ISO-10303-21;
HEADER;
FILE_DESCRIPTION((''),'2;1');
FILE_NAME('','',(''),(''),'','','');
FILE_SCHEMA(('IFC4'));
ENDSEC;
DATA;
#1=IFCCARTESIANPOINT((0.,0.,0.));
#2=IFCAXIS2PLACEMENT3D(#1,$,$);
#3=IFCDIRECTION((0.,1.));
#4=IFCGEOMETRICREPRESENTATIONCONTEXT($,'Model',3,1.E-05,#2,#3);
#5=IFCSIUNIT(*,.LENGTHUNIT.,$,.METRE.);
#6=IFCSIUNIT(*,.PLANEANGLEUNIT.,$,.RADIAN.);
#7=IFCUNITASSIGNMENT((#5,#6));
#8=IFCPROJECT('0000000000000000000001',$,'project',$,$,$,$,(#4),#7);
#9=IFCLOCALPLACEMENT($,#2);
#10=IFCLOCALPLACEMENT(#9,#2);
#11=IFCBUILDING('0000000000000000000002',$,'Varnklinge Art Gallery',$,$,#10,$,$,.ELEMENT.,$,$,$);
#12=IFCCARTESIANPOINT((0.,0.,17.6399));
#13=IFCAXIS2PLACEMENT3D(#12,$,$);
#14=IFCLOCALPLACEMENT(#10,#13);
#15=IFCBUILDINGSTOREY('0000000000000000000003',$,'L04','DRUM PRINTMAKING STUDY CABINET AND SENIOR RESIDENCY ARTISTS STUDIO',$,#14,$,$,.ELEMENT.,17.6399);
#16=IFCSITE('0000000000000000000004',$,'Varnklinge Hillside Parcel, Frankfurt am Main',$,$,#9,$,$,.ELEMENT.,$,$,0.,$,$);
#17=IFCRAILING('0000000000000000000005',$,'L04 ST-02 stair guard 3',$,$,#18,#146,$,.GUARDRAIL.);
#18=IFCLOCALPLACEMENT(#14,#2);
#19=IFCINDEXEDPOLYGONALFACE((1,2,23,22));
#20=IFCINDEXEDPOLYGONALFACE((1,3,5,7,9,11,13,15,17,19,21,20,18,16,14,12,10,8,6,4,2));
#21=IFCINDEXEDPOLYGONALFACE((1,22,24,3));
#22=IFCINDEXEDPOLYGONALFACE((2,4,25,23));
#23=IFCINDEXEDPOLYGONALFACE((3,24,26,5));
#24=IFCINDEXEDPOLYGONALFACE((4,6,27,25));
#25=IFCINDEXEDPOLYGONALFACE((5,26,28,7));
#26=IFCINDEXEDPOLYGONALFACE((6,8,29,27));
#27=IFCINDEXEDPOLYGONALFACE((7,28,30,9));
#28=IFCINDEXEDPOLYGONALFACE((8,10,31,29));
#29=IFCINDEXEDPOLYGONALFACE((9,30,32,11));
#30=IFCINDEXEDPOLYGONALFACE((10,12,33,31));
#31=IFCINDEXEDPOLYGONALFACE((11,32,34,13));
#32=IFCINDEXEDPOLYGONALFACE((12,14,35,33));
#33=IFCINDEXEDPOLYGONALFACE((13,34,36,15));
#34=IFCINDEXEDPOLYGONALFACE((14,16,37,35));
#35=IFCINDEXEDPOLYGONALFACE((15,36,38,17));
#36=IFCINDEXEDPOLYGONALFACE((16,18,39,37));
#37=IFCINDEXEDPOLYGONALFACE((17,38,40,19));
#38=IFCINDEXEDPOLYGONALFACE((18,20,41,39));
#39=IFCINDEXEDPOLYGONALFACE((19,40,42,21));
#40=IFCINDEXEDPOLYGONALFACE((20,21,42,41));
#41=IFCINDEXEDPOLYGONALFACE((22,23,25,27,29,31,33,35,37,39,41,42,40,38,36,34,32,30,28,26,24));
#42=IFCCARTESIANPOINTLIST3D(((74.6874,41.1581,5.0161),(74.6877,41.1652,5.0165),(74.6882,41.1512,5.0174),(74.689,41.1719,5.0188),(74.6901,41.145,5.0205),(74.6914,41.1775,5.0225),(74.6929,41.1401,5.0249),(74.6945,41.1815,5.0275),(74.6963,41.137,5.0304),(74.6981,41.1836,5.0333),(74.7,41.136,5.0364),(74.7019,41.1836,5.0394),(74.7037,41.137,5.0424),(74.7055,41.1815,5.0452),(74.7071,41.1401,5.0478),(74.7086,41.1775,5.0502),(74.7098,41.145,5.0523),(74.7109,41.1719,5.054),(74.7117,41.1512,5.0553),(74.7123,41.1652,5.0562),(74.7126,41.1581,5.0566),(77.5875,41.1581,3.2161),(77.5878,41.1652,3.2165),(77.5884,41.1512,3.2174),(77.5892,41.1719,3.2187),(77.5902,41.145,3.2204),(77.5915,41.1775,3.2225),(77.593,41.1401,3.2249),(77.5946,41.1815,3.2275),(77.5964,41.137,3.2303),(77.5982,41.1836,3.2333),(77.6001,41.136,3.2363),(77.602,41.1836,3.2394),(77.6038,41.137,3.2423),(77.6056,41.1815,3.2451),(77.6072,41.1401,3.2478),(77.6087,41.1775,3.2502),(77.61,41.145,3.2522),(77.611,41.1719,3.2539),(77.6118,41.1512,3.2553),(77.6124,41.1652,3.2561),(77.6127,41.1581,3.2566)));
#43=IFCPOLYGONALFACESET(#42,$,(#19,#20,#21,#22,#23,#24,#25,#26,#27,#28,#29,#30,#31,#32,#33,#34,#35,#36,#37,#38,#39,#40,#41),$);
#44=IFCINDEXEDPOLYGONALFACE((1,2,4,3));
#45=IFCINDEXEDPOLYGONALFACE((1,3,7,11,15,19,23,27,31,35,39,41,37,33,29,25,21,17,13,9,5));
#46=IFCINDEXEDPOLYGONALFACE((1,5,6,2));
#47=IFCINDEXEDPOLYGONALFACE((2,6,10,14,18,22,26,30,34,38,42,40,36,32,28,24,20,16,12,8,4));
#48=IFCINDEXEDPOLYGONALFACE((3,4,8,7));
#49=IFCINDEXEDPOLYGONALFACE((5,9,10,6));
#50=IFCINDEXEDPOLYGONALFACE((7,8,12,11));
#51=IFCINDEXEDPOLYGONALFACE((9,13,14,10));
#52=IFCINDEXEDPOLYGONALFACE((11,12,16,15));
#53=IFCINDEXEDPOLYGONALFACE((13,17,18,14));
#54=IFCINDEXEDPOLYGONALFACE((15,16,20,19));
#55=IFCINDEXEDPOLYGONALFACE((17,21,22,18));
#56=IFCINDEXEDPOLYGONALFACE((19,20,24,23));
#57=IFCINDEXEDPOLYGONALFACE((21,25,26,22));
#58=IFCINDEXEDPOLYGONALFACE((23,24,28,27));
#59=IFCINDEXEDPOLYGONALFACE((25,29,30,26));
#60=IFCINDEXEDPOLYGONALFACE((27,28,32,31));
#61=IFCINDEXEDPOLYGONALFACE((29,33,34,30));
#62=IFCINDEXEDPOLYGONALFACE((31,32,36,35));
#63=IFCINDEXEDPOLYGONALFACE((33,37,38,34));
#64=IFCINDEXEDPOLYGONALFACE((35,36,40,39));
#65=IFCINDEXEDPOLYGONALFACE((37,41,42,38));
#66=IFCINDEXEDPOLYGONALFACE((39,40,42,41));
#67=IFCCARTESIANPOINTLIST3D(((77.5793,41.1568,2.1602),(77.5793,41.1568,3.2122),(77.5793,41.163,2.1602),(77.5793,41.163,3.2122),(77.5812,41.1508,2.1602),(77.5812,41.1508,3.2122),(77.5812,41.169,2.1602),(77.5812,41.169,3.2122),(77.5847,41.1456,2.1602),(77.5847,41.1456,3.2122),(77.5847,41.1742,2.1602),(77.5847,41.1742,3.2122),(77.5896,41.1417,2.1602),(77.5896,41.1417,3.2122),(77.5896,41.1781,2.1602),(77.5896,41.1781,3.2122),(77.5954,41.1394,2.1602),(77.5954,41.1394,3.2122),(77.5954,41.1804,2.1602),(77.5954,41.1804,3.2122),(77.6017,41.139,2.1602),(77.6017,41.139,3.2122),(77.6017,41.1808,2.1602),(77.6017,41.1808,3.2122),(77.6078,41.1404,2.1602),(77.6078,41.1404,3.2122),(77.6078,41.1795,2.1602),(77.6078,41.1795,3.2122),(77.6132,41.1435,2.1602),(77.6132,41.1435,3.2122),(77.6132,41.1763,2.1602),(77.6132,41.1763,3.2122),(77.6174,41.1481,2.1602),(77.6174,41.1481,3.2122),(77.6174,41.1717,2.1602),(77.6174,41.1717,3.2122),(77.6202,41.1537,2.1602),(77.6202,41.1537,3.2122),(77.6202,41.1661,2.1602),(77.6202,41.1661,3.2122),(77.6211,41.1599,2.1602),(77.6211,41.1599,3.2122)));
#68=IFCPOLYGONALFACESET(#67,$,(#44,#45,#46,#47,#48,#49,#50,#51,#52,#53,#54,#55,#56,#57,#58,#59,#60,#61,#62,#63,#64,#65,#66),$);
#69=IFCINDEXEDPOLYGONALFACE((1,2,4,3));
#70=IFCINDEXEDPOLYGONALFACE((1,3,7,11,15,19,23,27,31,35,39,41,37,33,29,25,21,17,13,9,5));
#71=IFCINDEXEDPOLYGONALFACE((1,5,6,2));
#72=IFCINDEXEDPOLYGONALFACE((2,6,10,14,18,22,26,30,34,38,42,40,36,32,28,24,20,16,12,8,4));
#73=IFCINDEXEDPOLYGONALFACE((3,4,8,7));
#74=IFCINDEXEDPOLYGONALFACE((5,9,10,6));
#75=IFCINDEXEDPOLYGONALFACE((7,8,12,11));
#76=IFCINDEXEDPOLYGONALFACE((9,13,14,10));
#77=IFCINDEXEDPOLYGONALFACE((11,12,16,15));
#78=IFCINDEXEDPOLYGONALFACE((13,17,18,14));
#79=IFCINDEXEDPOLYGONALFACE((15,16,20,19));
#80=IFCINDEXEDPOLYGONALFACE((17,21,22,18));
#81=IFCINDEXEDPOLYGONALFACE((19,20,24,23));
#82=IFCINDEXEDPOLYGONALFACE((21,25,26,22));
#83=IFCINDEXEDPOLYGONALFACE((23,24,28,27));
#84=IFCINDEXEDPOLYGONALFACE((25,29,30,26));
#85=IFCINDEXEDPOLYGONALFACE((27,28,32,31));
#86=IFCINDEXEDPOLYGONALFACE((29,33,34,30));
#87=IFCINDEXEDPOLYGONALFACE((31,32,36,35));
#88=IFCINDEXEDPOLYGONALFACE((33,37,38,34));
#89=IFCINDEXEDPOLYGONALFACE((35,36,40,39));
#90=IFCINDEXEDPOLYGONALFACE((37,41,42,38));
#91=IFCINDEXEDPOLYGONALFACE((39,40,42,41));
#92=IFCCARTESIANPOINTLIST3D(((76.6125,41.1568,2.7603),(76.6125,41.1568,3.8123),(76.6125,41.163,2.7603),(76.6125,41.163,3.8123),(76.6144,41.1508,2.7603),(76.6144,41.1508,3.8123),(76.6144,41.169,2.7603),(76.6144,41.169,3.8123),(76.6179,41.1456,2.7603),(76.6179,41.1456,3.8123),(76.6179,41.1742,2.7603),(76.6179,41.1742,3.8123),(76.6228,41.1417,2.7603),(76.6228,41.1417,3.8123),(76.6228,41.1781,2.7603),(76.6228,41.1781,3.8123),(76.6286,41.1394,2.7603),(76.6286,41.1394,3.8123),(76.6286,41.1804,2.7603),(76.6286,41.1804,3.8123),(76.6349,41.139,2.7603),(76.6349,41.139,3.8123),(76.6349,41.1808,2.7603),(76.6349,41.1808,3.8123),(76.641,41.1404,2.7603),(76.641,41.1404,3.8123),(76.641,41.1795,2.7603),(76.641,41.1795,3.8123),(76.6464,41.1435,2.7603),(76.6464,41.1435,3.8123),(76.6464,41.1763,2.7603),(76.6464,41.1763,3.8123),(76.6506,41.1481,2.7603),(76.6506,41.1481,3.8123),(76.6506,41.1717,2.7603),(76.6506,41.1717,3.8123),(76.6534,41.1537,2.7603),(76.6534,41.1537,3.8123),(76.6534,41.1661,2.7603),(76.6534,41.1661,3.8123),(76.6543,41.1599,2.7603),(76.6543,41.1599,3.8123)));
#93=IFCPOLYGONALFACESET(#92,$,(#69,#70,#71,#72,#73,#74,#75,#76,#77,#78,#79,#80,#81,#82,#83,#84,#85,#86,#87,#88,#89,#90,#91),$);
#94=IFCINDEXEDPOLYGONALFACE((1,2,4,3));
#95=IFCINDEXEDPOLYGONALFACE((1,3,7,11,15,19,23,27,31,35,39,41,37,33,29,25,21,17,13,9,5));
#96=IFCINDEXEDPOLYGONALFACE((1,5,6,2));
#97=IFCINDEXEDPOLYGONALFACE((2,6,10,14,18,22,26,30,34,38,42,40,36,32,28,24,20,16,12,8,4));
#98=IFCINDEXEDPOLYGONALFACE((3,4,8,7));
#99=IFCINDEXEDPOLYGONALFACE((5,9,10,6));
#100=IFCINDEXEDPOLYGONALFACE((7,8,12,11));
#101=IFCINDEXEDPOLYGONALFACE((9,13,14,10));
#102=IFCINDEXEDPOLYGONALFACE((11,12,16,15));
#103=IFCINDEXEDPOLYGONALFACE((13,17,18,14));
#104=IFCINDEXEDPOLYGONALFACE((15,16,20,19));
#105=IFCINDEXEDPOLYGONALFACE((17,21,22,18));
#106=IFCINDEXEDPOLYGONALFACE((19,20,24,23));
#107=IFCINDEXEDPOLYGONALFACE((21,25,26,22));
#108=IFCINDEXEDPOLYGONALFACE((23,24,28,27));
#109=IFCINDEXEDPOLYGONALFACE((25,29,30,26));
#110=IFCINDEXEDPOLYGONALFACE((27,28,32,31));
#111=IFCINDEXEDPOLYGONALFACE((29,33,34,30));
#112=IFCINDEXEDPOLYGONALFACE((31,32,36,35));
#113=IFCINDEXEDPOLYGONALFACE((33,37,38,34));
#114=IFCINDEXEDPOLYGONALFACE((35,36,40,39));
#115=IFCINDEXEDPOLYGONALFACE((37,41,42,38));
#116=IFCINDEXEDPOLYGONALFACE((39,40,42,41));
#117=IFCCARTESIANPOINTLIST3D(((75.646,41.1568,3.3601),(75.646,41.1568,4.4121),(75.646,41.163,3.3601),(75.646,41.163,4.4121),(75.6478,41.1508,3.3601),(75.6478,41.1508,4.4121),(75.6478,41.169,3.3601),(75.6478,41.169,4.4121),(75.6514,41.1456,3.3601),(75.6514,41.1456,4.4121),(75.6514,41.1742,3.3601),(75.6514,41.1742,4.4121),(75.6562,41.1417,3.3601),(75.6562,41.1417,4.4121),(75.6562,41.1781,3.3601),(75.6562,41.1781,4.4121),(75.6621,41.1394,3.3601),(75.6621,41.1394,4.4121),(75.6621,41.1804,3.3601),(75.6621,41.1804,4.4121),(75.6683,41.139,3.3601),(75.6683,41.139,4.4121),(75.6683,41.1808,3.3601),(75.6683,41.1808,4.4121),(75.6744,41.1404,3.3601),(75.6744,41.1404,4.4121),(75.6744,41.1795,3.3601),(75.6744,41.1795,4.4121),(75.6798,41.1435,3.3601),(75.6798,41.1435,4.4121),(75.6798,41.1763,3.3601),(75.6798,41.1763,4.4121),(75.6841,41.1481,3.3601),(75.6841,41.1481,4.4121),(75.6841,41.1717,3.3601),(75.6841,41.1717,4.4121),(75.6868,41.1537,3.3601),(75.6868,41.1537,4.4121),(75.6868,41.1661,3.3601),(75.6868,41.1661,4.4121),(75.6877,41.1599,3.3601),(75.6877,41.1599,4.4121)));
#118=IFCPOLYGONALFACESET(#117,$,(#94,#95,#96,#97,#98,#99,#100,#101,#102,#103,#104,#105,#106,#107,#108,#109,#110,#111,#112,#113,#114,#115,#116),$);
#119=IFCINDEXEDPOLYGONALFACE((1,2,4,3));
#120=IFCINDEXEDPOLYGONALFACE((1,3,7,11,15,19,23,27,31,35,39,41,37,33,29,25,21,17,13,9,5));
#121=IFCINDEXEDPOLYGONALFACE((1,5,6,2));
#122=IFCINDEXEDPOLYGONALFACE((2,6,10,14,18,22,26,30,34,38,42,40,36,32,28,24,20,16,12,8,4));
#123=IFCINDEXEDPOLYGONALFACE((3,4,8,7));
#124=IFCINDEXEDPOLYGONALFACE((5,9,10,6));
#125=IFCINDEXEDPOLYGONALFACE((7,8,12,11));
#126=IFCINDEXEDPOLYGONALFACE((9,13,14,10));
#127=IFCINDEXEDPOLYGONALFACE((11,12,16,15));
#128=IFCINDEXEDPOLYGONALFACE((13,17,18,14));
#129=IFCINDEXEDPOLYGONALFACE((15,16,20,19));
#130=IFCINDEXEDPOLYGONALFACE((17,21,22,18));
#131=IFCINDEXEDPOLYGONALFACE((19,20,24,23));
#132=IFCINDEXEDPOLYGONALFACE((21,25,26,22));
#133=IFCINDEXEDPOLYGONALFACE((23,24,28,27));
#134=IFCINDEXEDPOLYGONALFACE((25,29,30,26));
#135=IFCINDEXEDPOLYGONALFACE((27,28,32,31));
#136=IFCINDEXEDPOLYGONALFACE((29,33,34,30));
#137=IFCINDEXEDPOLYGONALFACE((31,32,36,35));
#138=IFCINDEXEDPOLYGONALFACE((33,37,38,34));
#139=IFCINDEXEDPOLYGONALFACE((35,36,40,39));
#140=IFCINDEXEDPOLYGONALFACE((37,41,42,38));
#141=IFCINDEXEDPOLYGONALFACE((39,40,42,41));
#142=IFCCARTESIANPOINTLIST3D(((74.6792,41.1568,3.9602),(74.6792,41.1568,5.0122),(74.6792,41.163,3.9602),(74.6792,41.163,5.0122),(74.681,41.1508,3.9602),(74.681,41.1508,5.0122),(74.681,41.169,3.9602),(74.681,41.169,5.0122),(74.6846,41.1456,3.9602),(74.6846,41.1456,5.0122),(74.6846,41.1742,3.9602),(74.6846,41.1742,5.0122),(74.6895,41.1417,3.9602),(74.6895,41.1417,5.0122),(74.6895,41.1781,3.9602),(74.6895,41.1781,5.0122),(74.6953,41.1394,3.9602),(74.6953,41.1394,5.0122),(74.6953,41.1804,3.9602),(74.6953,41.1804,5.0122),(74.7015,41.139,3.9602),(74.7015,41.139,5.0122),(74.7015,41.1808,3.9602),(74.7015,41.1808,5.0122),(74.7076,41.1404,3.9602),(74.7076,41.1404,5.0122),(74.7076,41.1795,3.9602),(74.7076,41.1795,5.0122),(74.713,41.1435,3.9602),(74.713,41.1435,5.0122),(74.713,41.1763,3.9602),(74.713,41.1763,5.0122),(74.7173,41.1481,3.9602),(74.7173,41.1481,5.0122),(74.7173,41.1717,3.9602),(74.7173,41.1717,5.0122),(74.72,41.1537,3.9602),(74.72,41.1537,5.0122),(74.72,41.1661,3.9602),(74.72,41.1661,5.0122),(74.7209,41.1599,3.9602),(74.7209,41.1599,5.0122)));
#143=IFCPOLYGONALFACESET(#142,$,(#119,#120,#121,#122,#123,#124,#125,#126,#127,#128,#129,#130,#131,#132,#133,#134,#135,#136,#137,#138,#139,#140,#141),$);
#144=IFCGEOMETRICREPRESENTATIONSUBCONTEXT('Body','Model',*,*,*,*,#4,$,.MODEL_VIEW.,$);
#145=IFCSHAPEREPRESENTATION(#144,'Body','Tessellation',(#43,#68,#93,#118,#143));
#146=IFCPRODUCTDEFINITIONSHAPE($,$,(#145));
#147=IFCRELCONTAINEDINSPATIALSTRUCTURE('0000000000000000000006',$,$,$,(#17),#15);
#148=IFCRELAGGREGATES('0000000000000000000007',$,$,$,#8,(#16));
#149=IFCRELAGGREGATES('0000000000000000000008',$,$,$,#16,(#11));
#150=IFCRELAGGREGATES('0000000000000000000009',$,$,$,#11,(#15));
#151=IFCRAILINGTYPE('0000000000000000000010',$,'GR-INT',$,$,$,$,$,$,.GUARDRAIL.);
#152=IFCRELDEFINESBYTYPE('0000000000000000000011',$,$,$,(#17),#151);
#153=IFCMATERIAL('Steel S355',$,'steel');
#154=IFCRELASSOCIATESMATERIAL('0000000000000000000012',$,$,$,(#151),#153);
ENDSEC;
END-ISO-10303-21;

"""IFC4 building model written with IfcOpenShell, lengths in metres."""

from ifc_helpers import new_model, si_unit, direction, frame, origin, origin_2d, place, context, subcontext, project, spatial, circle, extrude, material, type_object, element, save


model = new_model("IFC4")

# Units and contexts
model_context = context("Model", 3, precision=1e-05, world=origin(), true_north=direction((0.0, 1.0)))
body_context = subcontext(model_context, "Body", "Model", "MODEL_VIEW")
ifc_project = project(units=[si_unit("LENGTHUNIT", "METRE"), si_unit("PLANEANGLEUNIT", "RADIAN")], contexts=[model_context])

# Site, building, storey
site_placement = place(None, origin())
site = spatial("IfcSite", under=ifc_project, at=site_placement, Name="Varnklinge Hillside Parcel, Frankfurt am Main", CompositionType="ELEMENT", RefElevation=0.0)
building_placement = place(site_placement, origin())
building = spatial("IfcBuilding", under=site, at=building_placement, Name="Varnklinge Art Gallery", CompositionType="ELEMENT")
storey_placement = place(building_placement, frame((0.0, 0.0, 17.6399)))
storey = spatial("IfcBuildingStorey", under=building, at=storey_placement, Name="L04", Description="DRUM PRINTMAKING STUDY CABINET AND SENIOR RESIDENCY ARTISTS STUDIO", CompositionType="ELEMENT", Elevation=17.6399)

# Railing
ifc_material_1 = material(Name="Steel S355", Category="steel")
railing_type_1 = type_object("IfcRailingType", Name="GR-INT", PredefinedType="GUARDRAIL", material=ifc_material_1)
railing_1_placement = place(storey_placement, frame((77.6001, 41.1599, 2.1602)))
element("IfcRailing", 1, at=railing_1_placement, inside=storey, type_object=railing_type_1, Name="L04 ST-02 stair guard 3", PredefinedType="GUARDRAIL", context=body_context, shape_type="SweptSolid", body=[
    extrude(circle(Radius=0.0239, at=origin_2d()), frame((0.0, 0.0, 1.0762), z_axis=(-0.849646, 0.0, 0.527354), x_axis=(0.0, -1.0, 0.0)), (0.0, 0.0, 1.0), 3.4133),
    extrude(circle(Radius=0.021, at=origin_2d()), origin(), (0.0, 0.0, 1.0), 1.052),
    extrude(circle(Radius=0.021, at=origin_2d()), frame((-0.9668, 0.0, 0.6001)), (0.0, 0.0, 1.0), 1.052),
    extrude(circle(Radius=0.021, at=origin_2d()), frame((-1.9333, 0.0, 1.2)), (0.0, 0.0, 1.0), 1.052),
    extrude(circle(Radius=0.021, at=origin_2d()), frame((-2.9001, 0.0, 1.8)), (0.0, 0.0, 1.0), 1.052),
])

save(model, "model.ifc")
